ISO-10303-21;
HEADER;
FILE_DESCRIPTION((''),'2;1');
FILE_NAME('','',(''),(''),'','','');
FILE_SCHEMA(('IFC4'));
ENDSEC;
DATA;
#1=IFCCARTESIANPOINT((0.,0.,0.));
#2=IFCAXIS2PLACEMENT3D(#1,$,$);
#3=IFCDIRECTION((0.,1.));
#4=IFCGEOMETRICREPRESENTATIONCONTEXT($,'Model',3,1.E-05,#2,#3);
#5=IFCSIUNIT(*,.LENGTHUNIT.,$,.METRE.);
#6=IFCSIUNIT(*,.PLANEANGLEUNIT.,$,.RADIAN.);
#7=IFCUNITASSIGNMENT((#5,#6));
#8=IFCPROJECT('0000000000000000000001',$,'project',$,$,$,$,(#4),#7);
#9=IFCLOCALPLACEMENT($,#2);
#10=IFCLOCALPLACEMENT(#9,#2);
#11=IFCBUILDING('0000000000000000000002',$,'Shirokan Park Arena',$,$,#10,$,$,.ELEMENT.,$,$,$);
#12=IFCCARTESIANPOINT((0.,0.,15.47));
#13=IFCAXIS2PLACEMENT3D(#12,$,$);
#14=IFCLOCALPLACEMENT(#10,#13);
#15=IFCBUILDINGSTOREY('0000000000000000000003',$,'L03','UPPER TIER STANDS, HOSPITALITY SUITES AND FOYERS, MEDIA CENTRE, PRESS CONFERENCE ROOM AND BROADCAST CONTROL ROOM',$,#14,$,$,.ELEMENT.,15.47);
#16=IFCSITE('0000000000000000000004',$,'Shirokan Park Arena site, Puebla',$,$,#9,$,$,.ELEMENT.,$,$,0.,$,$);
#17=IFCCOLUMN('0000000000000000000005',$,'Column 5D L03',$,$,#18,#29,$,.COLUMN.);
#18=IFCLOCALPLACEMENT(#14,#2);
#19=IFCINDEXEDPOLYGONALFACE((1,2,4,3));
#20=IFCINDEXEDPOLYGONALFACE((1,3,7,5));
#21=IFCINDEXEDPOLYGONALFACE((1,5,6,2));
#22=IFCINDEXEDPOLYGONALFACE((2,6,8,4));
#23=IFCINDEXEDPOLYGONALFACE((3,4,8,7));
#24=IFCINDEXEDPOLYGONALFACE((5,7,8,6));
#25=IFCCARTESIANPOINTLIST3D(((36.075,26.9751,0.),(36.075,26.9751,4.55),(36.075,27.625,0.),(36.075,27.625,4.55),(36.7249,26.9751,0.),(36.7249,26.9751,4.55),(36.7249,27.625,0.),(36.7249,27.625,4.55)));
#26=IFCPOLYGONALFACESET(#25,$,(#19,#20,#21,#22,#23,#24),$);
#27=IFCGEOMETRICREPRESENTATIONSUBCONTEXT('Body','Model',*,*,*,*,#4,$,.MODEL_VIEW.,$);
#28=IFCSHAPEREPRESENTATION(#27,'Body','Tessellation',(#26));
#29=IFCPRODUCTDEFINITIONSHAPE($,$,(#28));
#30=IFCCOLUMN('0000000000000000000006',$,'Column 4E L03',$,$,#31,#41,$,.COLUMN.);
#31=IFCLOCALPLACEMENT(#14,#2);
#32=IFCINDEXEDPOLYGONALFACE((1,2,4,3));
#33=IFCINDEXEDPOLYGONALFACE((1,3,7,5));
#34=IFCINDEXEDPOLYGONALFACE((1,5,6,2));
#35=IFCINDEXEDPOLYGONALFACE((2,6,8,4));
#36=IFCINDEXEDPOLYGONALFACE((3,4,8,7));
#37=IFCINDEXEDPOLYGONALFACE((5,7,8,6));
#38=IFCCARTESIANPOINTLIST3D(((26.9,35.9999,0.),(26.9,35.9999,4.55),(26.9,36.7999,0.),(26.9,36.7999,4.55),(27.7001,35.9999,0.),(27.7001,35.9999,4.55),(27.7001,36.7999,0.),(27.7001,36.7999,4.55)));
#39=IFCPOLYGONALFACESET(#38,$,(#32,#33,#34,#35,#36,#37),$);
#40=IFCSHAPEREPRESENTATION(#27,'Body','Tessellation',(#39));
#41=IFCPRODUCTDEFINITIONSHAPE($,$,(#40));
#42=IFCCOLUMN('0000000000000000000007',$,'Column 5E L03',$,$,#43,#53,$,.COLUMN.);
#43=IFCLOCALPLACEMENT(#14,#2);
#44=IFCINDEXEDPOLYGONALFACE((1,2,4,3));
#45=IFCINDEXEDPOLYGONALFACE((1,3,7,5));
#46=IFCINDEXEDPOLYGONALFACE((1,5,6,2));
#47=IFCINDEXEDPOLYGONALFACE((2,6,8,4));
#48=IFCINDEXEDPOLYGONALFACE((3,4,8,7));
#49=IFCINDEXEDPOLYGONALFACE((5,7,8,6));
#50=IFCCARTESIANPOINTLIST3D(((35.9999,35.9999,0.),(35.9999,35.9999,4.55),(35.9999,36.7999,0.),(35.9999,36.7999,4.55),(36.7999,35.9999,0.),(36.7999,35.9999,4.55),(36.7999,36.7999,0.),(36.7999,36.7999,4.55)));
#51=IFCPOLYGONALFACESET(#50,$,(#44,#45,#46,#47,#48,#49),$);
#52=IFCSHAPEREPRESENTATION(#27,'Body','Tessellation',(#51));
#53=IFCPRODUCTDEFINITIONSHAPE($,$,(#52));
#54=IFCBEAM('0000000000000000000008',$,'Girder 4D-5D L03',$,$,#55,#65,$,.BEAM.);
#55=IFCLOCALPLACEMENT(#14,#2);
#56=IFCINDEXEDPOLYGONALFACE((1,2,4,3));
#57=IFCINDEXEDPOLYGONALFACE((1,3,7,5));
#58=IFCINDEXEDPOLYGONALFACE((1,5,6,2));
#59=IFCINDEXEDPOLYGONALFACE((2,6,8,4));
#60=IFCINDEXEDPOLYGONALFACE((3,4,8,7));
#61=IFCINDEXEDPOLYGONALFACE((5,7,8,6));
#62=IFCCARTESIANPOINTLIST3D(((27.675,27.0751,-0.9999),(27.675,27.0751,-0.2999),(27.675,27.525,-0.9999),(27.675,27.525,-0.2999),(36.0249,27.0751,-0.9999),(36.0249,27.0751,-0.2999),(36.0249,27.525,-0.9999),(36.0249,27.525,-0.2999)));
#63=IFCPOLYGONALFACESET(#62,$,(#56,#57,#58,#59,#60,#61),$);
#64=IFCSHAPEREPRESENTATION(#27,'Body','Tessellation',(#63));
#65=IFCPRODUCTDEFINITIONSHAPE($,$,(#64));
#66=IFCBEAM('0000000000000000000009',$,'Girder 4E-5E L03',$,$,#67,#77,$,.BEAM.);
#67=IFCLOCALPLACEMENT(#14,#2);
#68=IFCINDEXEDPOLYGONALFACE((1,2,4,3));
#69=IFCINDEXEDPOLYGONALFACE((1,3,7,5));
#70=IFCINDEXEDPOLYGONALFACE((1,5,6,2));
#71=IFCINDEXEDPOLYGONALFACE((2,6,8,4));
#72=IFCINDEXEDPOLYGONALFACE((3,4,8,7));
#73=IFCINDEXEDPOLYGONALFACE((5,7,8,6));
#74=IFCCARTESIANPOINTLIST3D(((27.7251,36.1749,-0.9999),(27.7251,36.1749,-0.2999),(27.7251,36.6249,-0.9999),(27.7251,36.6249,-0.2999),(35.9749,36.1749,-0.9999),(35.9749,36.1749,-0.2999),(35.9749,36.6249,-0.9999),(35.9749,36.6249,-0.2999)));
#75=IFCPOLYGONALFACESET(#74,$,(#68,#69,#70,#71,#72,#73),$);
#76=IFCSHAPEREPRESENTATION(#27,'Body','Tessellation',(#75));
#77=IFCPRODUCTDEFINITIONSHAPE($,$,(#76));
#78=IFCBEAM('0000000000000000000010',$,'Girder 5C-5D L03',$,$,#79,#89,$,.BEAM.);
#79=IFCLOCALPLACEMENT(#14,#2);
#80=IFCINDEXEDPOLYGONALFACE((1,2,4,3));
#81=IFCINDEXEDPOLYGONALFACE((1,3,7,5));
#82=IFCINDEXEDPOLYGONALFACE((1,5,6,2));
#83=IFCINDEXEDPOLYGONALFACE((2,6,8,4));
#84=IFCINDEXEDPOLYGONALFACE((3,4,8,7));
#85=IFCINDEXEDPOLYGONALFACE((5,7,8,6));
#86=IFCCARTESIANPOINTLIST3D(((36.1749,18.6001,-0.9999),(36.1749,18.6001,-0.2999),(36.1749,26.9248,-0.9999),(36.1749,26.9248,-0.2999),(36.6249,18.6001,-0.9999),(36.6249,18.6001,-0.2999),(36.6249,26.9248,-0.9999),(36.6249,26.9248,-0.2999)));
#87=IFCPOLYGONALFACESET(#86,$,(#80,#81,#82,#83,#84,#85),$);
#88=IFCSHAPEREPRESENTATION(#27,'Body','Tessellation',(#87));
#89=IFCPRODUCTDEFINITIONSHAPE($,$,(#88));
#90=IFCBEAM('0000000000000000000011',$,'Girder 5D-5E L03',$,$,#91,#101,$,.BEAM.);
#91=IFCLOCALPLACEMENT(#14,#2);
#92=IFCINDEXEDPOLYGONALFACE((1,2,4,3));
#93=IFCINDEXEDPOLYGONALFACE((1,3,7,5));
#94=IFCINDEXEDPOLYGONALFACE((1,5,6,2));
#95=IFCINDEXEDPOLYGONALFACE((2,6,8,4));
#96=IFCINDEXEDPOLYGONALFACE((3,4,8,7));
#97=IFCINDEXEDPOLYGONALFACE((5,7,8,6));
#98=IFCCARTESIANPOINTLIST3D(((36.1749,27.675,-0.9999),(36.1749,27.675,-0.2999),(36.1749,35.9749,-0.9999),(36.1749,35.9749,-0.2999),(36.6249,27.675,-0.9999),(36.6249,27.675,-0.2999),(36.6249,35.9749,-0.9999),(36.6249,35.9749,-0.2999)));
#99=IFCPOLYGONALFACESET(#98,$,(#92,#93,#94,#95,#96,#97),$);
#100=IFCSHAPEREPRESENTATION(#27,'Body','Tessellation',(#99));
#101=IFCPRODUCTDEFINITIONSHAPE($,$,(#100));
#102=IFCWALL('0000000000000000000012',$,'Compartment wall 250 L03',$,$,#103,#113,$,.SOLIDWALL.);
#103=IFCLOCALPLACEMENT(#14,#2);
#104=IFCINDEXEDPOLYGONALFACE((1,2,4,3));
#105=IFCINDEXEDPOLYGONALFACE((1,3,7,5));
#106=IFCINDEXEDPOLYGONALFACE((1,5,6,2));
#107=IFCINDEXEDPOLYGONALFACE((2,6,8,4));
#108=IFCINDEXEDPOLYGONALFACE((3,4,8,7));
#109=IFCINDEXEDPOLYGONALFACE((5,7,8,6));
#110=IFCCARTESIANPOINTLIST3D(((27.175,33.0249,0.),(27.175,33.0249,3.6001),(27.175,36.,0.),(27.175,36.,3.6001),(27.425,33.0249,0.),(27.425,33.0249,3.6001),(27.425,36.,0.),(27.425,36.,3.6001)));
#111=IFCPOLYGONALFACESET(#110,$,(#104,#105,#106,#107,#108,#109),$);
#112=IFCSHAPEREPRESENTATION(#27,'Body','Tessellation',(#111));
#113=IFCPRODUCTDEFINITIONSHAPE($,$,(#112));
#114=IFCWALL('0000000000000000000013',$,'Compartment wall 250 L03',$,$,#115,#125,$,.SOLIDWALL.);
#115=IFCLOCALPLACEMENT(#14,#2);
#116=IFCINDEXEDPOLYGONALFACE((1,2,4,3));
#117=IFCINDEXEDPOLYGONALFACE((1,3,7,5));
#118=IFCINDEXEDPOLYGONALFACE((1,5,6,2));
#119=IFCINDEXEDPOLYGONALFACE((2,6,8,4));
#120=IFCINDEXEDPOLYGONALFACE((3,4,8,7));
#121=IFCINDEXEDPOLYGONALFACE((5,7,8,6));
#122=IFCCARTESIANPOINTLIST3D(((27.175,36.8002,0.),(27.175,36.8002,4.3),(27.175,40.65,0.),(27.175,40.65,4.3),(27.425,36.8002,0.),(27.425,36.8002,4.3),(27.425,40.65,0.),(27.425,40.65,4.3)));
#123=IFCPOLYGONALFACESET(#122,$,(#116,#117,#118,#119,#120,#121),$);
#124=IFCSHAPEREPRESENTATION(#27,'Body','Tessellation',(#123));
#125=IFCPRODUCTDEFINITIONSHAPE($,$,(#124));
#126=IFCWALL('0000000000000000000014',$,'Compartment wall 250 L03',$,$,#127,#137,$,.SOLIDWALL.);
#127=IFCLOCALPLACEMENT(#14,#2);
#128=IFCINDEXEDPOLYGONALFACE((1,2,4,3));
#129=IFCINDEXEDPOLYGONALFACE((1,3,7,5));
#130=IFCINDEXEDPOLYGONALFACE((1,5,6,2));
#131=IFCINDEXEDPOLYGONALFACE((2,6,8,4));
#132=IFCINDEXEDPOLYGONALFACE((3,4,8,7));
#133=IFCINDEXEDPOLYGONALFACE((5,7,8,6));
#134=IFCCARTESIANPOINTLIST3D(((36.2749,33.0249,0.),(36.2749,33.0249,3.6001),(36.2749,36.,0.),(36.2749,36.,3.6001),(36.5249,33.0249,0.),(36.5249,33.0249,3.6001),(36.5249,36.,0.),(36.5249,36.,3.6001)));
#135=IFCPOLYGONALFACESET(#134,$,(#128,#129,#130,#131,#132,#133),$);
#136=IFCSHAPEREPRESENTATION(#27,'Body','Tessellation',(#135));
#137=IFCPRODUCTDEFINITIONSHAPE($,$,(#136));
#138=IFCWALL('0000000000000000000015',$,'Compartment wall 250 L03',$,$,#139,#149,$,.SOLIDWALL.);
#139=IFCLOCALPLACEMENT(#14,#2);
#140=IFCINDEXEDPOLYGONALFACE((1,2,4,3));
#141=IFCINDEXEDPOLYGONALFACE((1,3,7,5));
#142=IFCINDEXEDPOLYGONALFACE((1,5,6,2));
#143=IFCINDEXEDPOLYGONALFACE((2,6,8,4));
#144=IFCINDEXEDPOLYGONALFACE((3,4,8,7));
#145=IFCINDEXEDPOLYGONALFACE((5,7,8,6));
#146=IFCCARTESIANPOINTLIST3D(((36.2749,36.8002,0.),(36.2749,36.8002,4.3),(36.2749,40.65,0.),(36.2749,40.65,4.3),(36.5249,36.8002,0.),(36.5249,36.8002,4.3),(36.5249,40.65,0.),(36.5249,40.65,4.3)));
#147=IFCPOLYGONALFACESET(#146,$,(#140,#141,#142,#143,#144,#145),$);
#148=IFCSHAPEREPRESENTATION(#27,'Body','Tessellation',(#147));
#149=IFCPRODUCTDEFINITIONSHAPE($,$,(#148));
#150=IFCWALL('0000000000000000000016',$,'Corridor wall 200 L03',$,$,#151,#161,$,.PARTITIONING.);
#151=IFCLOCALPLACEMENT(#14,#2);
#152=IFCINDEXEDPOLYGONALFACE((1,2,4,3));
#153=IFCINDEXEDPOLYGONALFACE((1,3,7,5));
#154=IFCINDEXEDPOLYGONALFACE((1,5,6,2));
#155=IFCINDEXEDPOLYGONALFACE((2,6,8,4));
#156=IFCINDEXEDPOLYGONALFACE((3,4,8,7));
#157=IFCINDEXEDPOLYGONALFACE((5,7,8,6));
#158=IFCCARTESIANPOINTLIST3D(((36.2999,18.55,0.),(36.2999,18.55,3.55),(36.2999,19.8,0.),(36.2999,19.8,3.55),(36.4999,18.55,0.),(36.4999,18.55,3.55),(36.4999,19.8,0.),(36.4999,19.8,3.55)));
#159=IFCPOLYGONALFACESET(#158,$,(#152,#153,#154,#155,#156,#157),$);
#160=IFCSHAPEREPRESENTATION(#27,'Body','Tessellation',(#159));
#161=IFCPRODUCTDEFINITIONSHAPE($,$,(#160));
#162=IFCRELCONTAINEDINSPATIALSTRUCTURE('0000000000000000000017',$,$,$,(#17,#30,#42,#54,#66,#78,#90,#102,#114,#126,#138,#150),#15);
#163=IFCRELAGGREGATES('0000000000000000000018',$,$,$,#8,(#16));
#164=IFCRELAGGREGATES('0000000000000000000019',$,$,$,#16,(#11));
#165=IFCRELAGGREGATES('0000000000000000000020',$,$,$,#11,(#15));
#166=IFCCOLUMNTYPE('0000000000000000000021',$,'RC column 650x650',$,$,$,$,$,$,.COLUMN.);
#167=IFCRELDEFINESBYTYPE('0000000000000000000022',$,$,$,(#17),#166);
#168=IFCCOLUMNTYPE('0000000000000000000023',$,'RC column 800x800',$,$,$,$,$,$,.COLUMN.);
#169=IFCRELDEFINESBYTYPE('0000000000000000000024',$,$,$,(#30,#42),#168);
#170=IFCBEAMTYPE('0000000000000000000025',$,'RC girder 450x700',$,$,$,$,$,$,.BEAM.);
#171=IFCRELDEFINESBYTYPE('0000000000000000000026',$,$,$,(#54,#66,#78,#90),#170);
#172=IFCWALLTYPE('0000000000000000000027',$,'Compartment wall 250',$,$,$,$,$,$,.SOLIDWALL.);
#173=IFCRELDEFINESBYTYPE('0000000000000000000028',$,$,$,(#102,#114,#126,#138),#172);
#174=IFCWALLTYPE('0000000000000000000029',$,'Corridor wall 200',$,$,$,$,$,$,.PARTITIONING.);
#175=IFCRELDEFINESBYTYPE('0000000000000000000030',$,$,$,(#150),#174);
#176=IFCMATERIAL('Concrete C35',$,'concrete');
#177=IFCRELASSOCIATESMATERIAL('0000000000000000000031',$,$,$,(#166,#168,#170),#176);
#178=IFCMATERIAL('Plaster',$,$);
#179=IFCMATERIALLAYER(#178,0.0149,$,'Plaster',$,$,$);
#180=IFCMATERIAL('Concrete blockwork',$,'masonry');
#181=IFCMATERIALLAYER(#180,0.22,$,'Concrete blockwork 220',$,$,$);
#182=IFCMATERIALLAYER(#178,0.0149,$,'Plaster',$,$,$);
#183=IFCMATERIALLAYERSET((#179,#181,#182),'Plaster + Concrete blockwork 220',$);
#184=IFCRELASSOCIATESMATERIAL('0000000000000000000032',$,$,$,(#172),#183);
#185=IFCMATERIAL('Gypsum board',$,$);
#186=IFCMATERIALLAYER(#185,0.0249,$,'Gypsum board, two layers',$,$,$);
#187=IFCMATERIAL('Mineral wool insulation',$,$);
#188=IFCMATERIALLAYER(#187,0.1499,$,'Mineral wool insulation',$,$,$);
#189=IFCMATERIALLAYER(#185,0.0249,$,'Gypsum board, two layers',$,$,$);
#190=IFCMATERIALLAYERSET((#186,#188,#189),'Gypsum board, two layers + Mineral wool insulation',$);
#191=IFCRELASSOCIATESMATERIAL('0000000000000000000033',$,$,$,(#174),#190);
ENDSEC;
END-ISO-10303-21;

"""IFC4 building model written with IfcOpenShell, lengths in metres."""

from ifc_helpers import new_model, si_unit, direction, frame, frame_2d, origin, origin_2d, place, context, subcontext, project, spatial, rectangle, extrude, material, layer, layer_set, material_profile, profile_set, type_object, element, save


model = new_model("IFC4")

# Units and contexts
model_context = context("Model", 3, precision=1e-05, world=origin(), true_north=direction((0.0, 1.0)))
body_context = subcontext(model_context, "Body", "Model", "MODEL_VIEW")
ifc_project = project(units=[si_unit("LENGTHUNIT", "METRE"), si_unit("PLANEANGLEUNIT", "RADIAN")], contexts=[model_context])

# Site, building, storey
site_placement = place(None, origin())
site = spatial("IfcSite", under=ifc_project, at=site_placement, Name="Shirokan Park Arena site, Puebla", CompositionType="ELEMENT", RefElevation=0.0)
building_placement = place(site_placement, origin())
building = spatial("IfcBuilding", under=site, at=building_placement, Name="Shirokan Park Arena", CompositionType="ELEMENT")
storey_placement = place(building_placement, frame((0.0, 0.0, 15.47)))
storey = spatial("IfcBuildingStorey", under=building, at=storey_placement, Name="L03", Description="UPPER TIER STANDS, HOSPITALITY SUITES AND FOYERS, MEDIA CENTRE, PRESS CONFERENCE ROOM AND BROADCAST CONTROL ROOM", CompositionType="ELEMENT", Elevation=15.47)

# Columns
ifc_material_1 = material(Name="Concrete C35", Category="concrete")
ifc_material_profile_1 = material_profile(ifc_material_1, rectangle(XDim=0.6499, YDim=0.6499, at=origin_2d()), Name="650x650")
ifc_profile_set_1 = profile_set([ifc_material_profile_1], Name="Concrete C35")
column_type_1 = type_object("IfcColumnType", Name="RC column 650x650", PredefinedType="COLUMN", material=ifc_profile_set_1)
column_placement = place(storey_placement, frame((36.3999, 27.3, 0.0), z_axis=(0.0, 0.0, 1.0), x_axis=(1.0, 0.0, 0.0)))
element("IfcColumn", 1, at=column_placement, inside=storey, type_object=column_type_1, Name="Column 5D L03", PredefinedType="COLUMN", context=body_context, shape_type="SweptSolid", body=[
    extrude(rectangle(XDim=0.6499, YDim=0.6499, at=origin_2d()), origin(), (0.0, 0.0, 1.0), 4.55),
])
ifc_material_profile_2 = material_profile(ifc_material_1, rectangle(XDim=0.8, YDim=0.8, at=origin_2d()), Name="800x800")
ifc_profile_set_2 = profile_set([ifc_material_profile_2], Name="Concrete C35")
column_type_2 = type_object("IfcColumnType", Name="RC column 800x800", PredefinedType="COLUMN", material=ifc_profile_set_2)
for number, where, z_axis, x_axis, name in (
    (2, (27.3, 36.3999, 0.0), (0.0, 0.0, 1.0), (1.0, 0.0, 0.0), "Column 4E L03"),
    (3, (36.3999, 36.3999, 0.0), (0.0, 0.0, 1.0), (1.0, 0.0, 0.0), "Column 5E L03"),
):
    element("IfcColumn", number, at=place(storey_placement, frame(where, z_axis=z_axis, x_axis=x_axis)), inside=storey, type_object=column_type_2, Name=name, PredefinedType="COLUMN", context=body_context, shape_type="SweptSolid", body=[
        extrude(rectangle(XDim=0.8, YDim=0.8, at=origin_2d()), origin(), (0.0, 0.0, 1.0), 4.55),
    ])

# Beams
ifc_material_profile_3 = material_profile(ifc_material_1, rectangle(XDim=0.45, YDim=0.7, at=origin_2d()), Name="450x700")
ifc_profile_set_3 = profile_set([ifc_material_profile_3], Name="Concrete C35")
beam_type = type_object("IfcBeamType", Name="RC girder 450x700", PredefinedType="BEAM", material=ifc_profile_set_3)
beam_1_placement = place(storey_placement, frame((27.675, 27.3, -0.6499), z_axis=(1.0, 0.0, 0.0), x_axis=(0.0, 1.0, 0.0)))
element("IfcBeam", 4, at=beam_1_placement, inside=storey, type_object=beam_type, Name="Girder 4D-5D L03", PredefinedType="BEAM", context=body_context, shape_type="SweptSolid", body=[
    extrude(rectangle(XDim=0.45, YDim=0.7, at=origin_2d()), origin(), (0.0, 0.0, 1.0), 8.3499),
])
beam_2_placement = place(storey_placement, frame((27.7251, 36.3999, -0.6499), z_axis=(1.0, 0.0, 0.0), x_axis=(0.0, 1.0, 0.0)))
element("IfcBeam", 5, at=beam_2_placement, inside=storey, type_object=beam_type, Name="Girder 4E-5E L03", PredefinedType="BEAM", context=body_context, shape_type="SweptSolid", body=[
    extrude(rectangle(XDim=0.45, YDim=0.7, at=origin_2d()), origin(), (0.0, 0.0, 1.0), 8.2498),
])
beam_3_placement = place(storey_placement, frame((36.3999, 18.6001, -0.6499), z_axis=(0.0, 1.0, 0.0), x_axis=(-1.0, 0.0, 0.0)))
element("IfcBeam", 6, at=beam_3_placement, inside=storey, type_object=beam_type, Name="Girder 5C-5D L03", PredefinedType="BEAM", context=body_context, shape_type="SweptSolid", body=[
    extrude(rectangle(XDim=0.45, YDim=0.7, at=origin_2d()), origin(), (0.0, 0.0, 1.0), 8.3247),
])
beam_4_placement = place(storey_placement, frame((36.3999, 27.675, -0.6499), z_axis=(0.0, 1.0, 0.0), x_axis=(-1.0, 0.0, 0.0)))
element("IfcBeam", 7, at=beam_4_placement, inside=storey, type_object=beam_type, Name="Girder 5D-5E L03", PredefinedType="BEAM", context=body_context, shape_type="SweptSolid", body=[
    extrude(rectangle(XDim=0.45, YDim=0.7, at=origin_2d()), origin(), (0.0, 0.0, 1.0), 8.2998),
])

# Walls
ifc_material_2 = material(Name="Plaster")
ifc_layer_1 = layer(ifc_material_2, 0.0149, Name="Plaster")
ifc_material_3 = material(Name="Concrete blockwork", Category="masonry")
ifc_layer_2 = layer(ifc_material_3, 0.22, Name="Concrete blockwork 220")
ifc_layer_3 = layer(ifc_material_2, 0.0149, Name="Plaster")
ifc_layer_set_1 = layer_set([ifc_layer_1, ifc_layer_2, ifc_layer_3], Name="Plaster + Concrete blockwork 220")
wall_type_1 = type_object("IfcWallType", Name="Compartment wall 250", PredefinedType="SOLIDWALL", material=ifc_layer_set_1)
wall_1_placement = place(storey_placement, frame((27.3, 36.0, 0.0), z_axis=(0.0, 0.0, 1.0), x_axis=(0.0, -1.0, 0.0)))
element("IfcWall", 8, at=wall_1_placement, inside=storey, type_object=wall_type_1, Name="Compartment wall 250 L03", PredefinedType="SOLIDWALL", context=body_context, shape_type="SweptSolid", body=[
    extrude(rectangle(XDim=2.9751, YDim=0.25, at=frame_2d((1.4875, 0.0))), origin(), (0.0, 0.0, 1.0), 3.6001),
])
wall_2_placement = place(storey_placement, frame((27.3, 40.6499, 0.0), z_axis=(0.0, 0.0, 1.0), x_axis=(0.0, -1.0, 0.0)))
element("IfcWall", 9, at=wall_2_placement, inside=storey, type_object=wall_type_1, Name="Compartment wall 250 L03", PredefinedType="SOLIDWALL", context=body_context, shape_type="SweptSolid", body=[
    extrude(rectangle(XDim=3.8499, YDim=0.25, at=frame_2d((1.9248, 0.0))), origin(), (0.0, 0.0, 1.0), 4.3),
])
wall_3_placement = place(storey_placement, frame((36.3999, 36.0, 0.0), z_axis=(0.0, 0.0, 1.0), x_axis=(0.0, -1.0, 0.0)))
element("IfcWall", 10, at=wall_3_placement, inside=storey, type_object=wall_type_1, Name="Compartment wall 250 L03", PredefinedType="SOLIDWALL", context=body_context, shape_type="SweptSolid", body=[
    extrude(rectangle(XDim=2.9751, YDim=0.25, at=frame_2d((1.4875, 0.0))), origin(), (0.0, 0.0, 1.0), 3.6001),
])
wall_4_placement = place(storey_placement, frame((36.3999, 40.6499, 0.0), z_axis=(0.0, 0.0, 1.0), x_axis=(0.0, -1.0, 0.0)))
element("IfcWall", 11, at=wall_4_placement, inside=storey, type_object=wall_type_1, Name="Compartment wall 250 L03", PredefinedType="SOLIDWALL", context=body_context, shape_type="SweptSolid", body=[
    extrude(rectangle(XDim=3.8499, YDim=0.25, at=frame_2d((1.9248, 0.0))), origin(), (0.0, 0.0, 1.0), 4.3),
])
ifc_material_4 = material(Name="Gypsum board")
ifc_layer_4 = layer(ifc_material_4, 0.0249, Name="Gypsum board, two layers")
ifc_material_5 = material(Name="Mineral wool insulation")
ifc_layer_5 = layer(ifc_material_5, 0.1499, Name="Mineral wool insulation")
ifc_layer_6 = layer(ifc_material_4, 0.0249, Name="Gypsum board, two layers")
ifc_layer_set_2 = layer_set([ifc_layer_4, ifc_layer_5, ifc_layer_6], Name="Gypsum board, two layers + Mineral wool insulation")
wall_type_2 = type_object("IfcWallType", Name="Corridor wall 200", PredefinedType="PARTITIONING", material=ifc_layer_set_2)
wall_5_placement = place(storey_placement, frame((36.3999, 19.8, 0.0), z_axis=(0.0, 0.0, 1.0), x_axis=(0.0, -1.0, 0.0)))
element("IfcWall", 12, at=wall_5_placement, inside=storey, type_object=wall_type_2, Name="Corridor wall 200 L03", PredefinedType="PARTITIONING", context=body_context, shape_type="SweptSolid", body=[
    extrude(rectangle(XDim=1.25, YDim=0.2, at=frame_2d((0.625, 0.0))), origin(), (0.0, 0.0, 1.0), 3.55),
])

save(model, "model.ifc")
